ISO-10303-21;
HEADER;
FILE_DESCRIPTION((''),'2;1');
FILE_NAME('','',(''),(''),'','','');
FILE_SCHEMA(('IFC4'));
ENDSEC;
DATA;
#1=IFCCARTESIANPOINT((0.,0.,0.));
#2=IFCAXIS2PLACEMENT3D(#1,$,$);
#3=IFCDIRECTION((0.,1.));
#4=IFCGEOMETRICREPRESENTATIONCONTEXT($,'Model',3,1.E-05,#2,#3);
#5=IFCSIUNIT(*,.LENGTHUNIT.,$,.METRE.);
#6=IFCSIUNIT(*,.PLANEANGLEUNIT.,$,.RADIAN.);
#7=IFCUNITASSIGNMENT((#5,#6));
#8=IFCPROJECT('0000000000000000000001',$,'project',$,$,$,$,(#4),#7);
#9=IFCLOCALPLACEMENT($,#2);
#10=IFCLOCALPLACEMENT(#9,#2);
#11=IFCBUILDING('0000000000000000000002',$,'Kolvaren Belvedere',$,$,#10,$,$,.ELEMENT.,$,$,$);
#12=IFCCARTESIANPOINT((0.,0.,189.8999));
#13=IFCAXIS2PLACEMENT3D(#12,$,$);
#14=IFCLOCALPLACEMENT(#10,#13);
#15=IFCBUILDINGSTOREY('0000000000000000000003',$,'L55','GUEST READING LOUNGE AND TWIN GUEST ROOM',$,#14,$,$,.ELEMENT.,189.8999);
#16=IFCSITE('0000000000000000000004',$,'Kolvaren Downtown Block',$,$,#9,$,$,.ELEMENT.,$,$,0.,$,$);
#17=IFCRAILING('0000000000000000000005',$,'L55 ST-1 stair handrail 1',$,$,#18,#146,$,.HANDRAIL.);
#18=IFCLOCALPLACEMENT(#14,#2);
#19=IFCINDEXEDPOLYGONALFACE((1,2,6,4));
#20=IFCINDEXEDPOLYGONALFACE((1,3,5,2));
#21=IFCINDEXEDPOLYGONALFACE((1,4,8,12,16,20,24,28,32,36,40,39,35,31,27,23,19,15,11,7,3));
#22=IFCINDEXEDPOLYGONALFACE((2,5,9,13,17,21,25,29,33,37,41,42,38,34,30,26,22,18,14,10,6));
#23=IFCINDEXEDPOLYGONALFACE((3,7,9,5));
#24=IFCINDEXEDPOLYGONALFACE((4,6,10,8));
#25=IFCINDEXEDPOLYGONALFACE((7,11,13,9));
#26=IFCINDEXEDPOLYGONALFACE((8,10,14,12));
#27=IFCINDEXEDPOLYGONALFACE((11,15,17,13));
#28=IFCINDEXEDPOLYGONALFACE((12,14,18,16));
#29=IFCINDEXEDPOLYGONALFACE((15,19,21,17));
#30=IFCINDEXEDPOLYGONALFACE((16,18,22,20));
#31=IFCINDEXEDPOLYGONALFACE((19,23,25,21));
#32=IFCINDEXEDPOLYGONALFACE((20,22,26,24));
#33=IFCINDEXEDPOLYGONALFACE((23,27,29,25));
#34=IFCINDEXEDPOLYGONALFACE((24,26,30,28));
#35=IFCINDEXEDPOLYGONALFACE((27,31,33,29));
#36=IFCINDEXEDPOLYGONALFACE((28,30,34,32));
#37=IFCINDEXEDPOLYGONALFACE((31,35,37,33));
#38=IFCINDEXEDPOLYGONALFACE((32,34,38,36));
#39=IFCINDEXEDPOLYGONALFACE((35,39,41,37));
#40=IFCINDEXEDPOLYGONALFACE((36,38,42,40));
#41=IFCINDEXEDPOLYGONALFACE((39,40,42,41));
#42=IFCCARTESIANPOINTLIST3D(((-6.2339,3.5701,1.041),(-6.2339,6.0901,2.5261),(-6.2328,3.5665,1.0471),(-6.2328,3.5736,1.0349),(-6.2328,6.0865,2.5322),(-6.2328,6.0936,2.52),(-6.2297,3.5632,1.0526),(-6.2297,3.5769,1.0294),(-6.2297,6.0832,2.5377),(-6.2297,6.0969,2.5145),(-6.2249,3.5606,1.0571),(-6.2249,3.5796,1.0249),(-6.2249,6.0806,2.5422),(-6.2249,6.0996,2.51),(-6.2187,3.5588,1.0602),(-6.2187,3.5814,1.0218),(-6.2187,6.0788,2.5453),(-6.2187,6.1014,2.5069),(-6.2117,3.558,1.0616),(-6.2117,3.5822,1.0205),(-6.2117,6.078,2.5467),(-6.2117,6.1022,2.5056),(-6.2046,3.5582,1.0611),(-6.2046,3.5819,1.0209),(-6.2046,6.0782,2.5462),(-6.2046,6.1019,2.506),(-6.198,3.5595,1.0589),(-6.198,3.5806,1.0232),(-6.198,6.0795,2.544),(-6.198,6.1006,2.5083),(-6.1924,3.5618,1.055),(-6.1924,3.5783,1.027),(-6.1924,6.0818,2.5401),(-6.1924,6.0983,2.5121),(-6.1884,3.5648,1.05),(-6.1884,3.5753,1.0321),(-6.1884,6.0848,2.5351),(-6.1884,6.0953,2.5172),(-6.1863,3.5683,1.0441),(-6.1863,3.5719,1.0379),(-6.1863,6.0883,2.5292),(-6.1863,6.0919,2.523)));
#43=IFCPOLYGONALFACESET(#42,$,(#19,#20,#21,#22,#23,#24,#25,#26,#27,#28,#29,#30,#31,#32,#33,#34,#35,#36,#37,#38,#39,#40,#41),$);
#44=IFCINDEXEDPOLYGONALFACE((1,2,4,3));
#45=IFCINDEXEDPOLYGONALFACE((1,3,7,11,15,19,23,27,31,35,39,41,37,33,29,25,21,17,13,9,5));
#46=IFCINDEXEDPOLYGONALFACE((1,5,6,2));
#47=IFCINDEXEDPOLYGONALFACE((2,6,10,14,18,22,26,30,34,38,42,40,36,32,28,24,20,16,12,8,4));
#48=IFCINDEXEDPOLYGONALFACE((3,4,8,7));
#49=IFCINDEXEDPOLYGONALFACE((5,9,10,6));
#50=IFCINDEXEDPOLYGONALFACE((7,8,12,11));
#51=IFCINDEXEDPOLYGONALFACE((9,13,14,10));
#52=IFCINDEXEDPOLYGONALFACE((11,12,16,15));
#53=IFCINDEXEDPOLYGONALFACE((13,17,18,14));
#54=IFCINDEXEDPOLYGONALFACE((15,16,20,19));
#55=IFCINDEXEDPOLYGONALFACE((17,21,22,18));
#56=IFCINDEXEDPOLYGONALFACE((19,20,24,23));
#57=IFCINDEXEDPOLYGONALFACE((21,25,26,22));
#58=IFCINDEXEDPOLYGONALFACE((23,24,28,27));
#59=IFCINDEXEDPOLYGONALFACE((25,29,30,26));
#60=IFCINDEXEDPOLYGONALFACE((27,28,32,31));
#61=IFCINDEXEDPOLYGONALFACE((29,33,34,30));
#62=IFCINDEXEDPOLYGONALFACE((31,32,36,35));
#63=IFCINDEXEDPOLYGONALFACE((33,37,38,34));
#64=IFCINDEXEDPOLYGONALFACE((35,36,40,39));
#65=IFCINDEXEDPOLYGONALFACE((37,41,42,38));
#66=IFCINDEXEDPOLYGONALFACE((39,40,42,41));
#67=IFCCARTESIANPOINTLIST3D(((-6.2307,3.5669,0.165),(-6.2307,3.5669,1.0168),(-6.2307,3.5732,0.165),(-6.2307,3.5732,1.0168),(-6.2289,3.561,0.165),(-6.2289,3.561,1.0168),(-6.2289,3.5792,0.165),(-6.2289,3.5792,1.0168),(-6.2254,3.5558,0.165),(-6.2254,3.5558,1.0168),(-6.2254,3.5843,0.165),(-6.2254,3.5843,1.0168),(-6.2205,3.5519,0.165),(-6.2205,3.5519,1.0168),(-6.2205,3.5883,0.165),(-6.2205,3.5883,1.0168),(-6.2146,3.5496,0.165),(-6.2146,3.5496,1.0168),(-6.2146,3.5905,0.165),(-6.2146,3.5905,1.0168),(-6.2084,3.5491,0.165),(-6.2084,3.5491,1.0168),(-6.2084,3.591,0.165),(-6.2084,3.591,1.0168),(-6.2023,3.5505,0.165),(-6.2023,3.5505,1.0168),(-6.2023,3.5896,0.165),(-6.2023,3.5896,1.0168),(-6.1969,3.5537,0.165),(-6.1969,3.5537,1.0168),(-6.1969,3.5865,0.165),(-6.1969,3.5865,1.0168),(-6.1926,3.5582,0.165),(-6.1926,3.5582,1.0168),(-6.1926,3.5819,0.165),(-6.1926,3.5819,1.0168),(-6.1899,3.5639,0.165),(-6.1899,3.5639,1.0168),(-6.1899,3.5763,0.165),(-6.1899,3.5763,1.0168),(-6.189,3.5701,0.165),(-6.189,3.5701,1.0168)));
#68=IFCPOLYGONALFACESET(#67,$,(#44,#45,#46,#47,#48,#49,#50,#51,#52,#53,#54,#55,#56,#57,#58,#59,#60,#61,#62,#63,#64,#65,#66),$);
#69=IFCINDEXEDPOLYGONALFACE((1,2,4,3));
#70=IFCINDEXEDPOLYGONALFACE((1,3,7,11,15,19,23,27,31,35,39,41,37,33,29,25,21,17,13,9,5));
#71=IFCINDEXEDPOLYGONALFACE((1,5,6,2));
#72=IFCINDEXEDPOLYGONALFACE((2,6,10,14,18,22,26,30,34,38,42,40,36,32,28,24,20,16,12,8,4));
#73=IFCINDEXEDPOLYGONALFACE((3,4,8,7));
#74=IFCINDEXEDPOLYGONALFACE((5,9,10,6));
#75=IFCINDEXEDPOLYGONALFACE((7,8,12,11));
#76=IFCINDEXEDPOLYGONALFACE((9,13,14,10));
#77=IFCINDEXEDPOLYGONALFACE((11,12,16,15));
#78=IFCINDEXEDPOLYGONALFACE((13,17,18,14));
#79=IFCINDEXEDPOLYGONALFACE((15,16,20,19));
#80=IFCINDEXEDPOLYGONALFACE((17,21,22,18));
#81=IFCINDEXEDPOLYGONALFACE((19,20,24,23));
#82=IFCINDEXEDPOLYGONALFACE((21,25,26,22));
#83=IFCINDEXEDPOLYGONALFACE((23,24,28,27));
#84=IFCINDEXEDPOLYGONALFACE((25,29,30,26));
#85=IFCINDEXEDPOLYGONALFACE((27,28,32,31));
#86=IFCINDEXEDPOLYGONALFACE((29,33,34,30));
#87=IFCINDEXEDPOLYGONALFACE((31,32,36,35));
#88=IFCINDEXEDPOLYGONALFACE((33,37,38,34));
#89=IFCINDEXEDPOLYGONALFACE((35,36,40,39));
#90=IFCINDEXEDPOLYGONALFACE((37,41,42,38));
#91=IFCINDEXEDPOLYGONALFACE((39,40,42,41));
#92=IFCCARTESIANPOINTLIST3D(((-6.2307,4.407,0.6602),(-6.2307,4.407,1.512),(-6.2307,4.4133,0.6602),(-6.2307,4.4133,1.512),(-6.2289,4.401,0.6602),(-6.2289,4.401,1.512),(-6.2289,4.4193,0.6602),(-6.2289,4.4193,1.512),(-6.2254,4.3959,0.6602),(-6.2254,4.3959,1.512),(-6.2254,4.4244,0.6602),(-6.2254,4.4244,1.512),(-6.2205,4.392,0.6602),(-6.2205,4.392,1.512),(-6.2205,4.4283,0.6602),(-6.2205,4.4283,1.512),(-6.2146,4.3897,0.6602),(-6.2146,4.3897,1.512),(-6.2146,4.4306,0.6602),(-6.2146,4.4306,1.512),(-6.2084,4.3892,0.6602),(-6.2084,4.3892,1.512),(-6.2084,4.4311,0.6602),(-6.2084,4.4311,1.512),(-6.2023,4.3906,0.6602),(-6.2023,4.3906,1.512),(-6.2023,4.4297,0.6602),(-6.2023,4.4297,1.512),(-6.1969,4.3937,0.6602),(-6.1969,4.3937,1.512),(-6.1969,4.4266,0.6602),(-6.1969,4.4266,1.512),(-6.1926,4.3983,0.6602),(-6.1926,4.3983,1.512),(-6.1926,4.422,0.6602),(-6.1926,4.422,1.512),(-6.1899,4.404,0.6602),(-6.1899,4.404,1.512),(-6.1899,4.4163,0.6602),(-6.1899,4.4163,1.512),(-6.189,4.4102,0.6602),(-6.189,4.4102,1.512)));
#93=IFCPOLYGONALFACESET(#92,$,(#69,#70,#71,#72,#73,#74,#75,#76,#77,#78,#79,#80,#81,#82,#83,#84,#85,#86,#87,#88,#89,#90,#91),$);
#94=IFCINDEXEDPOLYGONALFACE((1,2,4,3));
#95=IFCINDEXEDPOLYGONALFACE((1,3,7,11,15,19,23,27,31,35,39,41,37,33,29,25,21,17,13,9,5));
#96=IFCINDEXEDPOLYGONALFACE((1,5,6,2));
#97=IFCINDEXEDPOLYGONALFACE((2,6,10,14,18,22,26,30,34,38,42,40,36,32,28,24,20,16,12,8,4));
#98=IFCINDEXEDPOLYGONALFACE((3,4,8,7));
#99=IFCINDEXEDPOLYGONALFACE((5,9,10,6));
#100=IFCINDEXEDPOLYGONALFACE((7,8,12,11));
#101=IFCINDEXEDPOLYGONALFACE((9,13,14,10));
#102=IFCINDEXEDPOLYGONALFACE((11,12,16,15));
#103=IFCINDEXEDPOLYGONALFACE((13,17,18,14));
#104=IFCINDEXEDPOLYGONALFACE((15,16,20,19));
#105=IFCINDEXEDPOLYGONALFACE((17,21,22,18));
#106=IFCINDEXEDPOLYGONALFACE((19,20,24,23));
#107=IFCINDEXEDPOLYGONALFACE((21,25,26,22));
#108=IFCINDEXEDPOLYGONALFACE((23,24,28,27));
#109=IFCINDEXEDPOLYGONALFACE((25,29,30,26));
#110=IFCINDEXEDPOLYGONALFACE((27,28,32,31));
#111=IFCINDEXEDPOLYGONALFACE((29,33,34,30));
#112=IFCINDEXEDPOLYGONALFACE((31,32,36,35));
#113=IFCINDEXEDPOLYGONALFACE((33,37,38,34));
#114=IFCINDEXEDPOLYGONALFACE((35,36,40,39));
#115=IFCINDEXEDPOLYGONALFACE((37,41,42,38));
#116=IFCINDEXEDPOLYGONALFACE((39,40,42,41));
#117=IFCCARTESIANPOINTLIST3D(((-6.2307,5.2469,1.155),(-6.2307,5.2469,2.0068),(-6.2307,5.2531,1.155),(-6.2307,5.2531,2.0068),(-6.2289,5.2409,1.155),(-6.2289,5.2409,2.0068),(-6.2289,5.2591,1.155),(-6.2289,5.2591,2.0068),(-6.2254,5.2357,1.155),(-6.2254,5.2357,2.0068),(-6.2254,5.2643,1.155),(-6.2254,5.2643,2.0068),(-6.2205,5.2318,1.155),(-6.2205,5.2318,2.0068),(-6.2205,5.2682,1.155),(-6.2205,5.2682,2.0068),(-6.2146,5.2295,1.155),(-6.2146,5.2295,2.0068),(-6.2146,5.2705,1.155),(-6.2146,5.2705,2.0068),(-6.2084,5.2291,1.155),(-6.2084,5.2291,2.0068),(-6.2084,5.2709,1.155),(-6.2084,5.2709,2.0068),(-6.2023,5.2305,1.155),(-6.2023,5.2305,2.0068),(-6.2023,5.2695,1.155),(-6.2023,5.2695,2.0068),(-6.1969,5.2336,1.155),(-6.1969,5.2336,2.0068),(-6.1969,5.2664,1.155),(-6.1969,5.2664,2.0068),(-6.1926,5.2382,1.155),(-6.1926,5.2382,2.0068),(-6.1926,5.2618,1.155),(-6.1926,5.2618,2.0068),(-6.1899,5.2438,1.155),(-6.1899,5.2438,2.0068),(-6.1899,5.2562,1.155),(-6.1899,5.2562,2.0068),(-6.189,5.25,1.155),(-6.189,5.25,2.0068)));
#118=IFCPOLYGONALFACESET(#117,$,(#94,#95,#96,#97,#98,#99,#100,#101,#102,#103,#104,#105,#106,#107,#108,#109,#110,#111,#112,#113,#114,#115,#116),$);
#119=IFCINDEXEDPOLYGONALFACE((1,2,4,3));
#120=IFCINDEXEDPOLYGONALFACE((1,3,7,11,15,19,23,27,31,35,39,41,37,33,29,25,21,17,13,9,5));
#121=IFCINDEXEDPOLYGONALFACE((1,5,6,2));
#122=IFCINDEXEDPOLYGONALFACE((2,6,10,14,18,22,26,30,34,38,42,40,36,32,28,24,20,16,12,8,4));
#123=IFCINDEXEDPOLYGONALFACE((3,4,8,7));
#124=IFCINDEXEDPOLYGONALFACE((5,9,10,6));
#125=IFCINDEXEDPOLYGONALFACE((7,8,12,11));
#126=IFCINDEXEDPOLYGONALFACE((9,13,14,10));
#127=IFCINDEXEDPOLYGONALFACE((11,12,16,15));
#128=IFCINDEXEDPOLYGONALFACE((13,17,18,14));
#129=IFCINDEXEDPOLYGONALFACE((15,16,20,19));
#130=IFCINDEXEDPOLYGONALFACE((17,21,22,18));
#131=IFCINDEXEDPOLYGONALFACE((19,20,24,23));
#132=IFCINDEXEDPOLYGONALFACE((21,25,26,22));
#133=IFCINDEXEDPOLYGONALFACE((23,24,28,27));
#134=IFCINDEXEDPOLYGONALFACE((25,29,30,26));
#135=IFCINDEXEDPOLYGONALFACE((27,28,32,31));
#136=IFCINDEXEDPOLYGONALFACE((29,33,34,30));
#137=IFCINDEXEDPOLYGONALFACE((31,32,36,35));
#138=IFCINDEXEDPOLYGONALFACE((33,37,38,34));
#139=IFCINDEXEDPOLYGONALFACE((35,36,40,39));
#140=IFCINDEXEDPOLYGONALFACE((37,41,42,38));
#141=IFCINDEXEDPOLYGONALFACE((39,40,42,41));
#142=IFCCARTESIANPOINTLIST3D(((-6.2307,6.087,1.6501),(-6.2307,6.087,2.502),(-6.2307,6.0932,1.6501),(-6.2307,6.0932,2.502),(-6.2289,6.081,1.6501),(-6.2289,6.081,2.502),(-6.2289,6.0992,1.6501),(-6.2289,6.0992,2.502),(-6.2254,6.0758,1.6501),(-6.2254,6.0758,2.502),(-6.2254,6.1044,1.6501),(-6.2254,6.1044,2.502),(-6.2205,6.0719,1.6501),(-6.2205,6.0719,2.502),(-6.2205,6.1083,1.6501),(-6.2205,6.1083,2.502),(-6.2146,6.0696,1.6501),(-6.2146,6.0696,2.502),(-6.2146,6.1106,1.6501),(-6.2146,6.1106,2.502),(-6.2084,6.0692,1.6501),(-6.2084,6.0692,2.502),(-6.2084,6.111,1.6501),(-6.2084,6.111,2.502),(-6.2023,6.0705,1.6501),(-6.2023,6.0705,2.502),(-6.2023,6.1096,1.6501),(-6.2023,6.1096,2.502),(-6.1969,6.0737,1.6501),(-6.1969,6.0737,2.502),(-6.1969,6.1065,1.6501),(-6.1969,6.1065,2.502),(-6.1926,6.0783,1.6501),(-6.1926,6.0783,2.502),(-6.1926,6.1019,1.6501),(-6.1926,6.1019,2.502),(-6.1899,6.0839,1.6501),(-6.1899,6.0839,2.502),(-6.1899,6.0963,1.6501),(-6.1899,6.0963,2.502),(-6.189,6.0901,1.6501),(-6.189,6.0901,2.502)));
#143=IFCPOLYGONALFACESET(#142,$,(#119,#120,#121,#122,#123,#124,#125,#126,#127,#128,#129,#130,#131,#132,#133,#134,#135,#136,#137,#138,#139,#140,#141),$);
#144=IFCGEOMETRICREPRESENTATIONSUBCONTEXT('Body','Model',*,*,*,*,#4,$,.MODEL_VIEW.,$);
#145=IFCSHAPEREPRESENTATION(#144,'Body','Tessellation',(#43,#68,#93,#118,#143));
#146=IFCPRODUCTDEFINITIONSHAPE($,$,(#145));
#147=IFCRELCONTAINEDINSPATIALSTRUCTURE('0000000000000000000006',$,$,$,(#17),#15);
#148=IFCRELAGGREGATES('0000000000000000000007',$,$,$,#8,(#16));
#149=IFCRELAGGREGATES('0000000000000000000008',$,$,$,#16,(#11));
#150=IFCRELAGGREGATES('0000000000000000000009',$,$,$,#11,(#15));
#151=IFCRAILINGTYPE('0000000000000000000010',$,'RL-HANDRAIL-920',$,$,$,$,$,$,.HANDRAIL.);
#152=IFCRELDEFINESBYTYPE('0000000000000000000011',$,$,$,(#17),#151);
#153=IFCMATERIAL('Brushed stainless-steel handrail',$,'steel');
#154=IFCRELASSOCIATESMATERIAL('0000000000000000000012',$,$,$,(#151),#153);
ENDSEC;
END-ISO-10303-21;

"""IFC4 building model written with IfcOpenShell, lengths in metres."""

from ifc_helpers import new_model, si_unit, direction, frame, origin, origin_2d, place, context, subcontext, project, spatial, circle, extrude, material, type_object, element, save


model = new_model("IFC4")

# Units and contexts
model_context = context("Model", 3, precision=1e-05, world=origin(), true_north=direction((0.0, 1.0)))
body_context = subcontext(model_context, "Body", "Model", "MODEL_VIEW")
ifc_project = project(units=[si_unit("LENGTHUNIT", "METRE"), si_unit("PLANEANGLEUNIT", "RADIAN")], contexts=[model_context])

# Site, building, storey
site_placement = place(None, origin())
site = spatial("IfcSite", under=ifc_project, at=site_placement, Name="Kolvaren Downtown Block", CompositionType="ELEMENT", RefElevation=0.0)
building_placement = place(site_placement, origin())
building = spatial("IfcBuilding", under=site, at=building_placement, Name="Kolvaren Belvedere", CompositionType="ELEMENT")
storey_placement = place(building_placement, frame((0.0, 0.0, 189.8999)))
storey = spatial("IfcBuildingStorey", under=building, at=storey_placement, Name="L55", Description="GUEST READING LOUNGE AND TWIN GUEST ROOM", CompositionType="ELEMENT", Elevation=189.8999)

# Railing
ifc_material_1 = material(Name="Brushed stainless-steel handrail", Category="steel")
railing_type_1 = type_object("IfcRailingType", Name="RL-HANDRAIL-920", PredefinedType="HANDRAIL", material=ifc_material_1)
railing_1_placement = place(storey_placement, frame((-6.21, 3.5701, 0.165)))
element("IfcRailing", 1, at=railing_1_placement, inside=storey, type_object=railing_type_1, Name="L55 ST-1 stair handrail 1", PredefinedType="HANDRAIL", context=body_context, shape_type="SweptSolid", body=[
    extrude(circle(Radius=0.0239, at=origin_2d()), frame((0.0, 0.0, 0.876), z_axis=(0.0, 0.861524, 0.507717), x_axis=(-1.0, 0.0, 0.0)), (0.0, 0.0, 1.0), 2.925),
    extrude(circle(Radius=0.021, at=origin_2d()), origin(), (0.0, 0.0, 1.0), 0.8518),
    extrude(circle(Radius=0.021, at=origin_2d()), frame((0.0, 0.8401, 0.4951)), (0.0, 0.0, 1.0), 0.8518),
    extrude(circle(Radius=0.021, at=origin_2d()), frame((0.0, 1.6799, 0.99)), (0.0, 0.0, 1.0), 0.8518),
    extrude(circle(Radius=0.021, at=origin_2d()), frame((0.0, 2.52, 1.4851)), (0.0, 0.0, 1.0), 0.8518),
])

save(model, "model.ifc")
